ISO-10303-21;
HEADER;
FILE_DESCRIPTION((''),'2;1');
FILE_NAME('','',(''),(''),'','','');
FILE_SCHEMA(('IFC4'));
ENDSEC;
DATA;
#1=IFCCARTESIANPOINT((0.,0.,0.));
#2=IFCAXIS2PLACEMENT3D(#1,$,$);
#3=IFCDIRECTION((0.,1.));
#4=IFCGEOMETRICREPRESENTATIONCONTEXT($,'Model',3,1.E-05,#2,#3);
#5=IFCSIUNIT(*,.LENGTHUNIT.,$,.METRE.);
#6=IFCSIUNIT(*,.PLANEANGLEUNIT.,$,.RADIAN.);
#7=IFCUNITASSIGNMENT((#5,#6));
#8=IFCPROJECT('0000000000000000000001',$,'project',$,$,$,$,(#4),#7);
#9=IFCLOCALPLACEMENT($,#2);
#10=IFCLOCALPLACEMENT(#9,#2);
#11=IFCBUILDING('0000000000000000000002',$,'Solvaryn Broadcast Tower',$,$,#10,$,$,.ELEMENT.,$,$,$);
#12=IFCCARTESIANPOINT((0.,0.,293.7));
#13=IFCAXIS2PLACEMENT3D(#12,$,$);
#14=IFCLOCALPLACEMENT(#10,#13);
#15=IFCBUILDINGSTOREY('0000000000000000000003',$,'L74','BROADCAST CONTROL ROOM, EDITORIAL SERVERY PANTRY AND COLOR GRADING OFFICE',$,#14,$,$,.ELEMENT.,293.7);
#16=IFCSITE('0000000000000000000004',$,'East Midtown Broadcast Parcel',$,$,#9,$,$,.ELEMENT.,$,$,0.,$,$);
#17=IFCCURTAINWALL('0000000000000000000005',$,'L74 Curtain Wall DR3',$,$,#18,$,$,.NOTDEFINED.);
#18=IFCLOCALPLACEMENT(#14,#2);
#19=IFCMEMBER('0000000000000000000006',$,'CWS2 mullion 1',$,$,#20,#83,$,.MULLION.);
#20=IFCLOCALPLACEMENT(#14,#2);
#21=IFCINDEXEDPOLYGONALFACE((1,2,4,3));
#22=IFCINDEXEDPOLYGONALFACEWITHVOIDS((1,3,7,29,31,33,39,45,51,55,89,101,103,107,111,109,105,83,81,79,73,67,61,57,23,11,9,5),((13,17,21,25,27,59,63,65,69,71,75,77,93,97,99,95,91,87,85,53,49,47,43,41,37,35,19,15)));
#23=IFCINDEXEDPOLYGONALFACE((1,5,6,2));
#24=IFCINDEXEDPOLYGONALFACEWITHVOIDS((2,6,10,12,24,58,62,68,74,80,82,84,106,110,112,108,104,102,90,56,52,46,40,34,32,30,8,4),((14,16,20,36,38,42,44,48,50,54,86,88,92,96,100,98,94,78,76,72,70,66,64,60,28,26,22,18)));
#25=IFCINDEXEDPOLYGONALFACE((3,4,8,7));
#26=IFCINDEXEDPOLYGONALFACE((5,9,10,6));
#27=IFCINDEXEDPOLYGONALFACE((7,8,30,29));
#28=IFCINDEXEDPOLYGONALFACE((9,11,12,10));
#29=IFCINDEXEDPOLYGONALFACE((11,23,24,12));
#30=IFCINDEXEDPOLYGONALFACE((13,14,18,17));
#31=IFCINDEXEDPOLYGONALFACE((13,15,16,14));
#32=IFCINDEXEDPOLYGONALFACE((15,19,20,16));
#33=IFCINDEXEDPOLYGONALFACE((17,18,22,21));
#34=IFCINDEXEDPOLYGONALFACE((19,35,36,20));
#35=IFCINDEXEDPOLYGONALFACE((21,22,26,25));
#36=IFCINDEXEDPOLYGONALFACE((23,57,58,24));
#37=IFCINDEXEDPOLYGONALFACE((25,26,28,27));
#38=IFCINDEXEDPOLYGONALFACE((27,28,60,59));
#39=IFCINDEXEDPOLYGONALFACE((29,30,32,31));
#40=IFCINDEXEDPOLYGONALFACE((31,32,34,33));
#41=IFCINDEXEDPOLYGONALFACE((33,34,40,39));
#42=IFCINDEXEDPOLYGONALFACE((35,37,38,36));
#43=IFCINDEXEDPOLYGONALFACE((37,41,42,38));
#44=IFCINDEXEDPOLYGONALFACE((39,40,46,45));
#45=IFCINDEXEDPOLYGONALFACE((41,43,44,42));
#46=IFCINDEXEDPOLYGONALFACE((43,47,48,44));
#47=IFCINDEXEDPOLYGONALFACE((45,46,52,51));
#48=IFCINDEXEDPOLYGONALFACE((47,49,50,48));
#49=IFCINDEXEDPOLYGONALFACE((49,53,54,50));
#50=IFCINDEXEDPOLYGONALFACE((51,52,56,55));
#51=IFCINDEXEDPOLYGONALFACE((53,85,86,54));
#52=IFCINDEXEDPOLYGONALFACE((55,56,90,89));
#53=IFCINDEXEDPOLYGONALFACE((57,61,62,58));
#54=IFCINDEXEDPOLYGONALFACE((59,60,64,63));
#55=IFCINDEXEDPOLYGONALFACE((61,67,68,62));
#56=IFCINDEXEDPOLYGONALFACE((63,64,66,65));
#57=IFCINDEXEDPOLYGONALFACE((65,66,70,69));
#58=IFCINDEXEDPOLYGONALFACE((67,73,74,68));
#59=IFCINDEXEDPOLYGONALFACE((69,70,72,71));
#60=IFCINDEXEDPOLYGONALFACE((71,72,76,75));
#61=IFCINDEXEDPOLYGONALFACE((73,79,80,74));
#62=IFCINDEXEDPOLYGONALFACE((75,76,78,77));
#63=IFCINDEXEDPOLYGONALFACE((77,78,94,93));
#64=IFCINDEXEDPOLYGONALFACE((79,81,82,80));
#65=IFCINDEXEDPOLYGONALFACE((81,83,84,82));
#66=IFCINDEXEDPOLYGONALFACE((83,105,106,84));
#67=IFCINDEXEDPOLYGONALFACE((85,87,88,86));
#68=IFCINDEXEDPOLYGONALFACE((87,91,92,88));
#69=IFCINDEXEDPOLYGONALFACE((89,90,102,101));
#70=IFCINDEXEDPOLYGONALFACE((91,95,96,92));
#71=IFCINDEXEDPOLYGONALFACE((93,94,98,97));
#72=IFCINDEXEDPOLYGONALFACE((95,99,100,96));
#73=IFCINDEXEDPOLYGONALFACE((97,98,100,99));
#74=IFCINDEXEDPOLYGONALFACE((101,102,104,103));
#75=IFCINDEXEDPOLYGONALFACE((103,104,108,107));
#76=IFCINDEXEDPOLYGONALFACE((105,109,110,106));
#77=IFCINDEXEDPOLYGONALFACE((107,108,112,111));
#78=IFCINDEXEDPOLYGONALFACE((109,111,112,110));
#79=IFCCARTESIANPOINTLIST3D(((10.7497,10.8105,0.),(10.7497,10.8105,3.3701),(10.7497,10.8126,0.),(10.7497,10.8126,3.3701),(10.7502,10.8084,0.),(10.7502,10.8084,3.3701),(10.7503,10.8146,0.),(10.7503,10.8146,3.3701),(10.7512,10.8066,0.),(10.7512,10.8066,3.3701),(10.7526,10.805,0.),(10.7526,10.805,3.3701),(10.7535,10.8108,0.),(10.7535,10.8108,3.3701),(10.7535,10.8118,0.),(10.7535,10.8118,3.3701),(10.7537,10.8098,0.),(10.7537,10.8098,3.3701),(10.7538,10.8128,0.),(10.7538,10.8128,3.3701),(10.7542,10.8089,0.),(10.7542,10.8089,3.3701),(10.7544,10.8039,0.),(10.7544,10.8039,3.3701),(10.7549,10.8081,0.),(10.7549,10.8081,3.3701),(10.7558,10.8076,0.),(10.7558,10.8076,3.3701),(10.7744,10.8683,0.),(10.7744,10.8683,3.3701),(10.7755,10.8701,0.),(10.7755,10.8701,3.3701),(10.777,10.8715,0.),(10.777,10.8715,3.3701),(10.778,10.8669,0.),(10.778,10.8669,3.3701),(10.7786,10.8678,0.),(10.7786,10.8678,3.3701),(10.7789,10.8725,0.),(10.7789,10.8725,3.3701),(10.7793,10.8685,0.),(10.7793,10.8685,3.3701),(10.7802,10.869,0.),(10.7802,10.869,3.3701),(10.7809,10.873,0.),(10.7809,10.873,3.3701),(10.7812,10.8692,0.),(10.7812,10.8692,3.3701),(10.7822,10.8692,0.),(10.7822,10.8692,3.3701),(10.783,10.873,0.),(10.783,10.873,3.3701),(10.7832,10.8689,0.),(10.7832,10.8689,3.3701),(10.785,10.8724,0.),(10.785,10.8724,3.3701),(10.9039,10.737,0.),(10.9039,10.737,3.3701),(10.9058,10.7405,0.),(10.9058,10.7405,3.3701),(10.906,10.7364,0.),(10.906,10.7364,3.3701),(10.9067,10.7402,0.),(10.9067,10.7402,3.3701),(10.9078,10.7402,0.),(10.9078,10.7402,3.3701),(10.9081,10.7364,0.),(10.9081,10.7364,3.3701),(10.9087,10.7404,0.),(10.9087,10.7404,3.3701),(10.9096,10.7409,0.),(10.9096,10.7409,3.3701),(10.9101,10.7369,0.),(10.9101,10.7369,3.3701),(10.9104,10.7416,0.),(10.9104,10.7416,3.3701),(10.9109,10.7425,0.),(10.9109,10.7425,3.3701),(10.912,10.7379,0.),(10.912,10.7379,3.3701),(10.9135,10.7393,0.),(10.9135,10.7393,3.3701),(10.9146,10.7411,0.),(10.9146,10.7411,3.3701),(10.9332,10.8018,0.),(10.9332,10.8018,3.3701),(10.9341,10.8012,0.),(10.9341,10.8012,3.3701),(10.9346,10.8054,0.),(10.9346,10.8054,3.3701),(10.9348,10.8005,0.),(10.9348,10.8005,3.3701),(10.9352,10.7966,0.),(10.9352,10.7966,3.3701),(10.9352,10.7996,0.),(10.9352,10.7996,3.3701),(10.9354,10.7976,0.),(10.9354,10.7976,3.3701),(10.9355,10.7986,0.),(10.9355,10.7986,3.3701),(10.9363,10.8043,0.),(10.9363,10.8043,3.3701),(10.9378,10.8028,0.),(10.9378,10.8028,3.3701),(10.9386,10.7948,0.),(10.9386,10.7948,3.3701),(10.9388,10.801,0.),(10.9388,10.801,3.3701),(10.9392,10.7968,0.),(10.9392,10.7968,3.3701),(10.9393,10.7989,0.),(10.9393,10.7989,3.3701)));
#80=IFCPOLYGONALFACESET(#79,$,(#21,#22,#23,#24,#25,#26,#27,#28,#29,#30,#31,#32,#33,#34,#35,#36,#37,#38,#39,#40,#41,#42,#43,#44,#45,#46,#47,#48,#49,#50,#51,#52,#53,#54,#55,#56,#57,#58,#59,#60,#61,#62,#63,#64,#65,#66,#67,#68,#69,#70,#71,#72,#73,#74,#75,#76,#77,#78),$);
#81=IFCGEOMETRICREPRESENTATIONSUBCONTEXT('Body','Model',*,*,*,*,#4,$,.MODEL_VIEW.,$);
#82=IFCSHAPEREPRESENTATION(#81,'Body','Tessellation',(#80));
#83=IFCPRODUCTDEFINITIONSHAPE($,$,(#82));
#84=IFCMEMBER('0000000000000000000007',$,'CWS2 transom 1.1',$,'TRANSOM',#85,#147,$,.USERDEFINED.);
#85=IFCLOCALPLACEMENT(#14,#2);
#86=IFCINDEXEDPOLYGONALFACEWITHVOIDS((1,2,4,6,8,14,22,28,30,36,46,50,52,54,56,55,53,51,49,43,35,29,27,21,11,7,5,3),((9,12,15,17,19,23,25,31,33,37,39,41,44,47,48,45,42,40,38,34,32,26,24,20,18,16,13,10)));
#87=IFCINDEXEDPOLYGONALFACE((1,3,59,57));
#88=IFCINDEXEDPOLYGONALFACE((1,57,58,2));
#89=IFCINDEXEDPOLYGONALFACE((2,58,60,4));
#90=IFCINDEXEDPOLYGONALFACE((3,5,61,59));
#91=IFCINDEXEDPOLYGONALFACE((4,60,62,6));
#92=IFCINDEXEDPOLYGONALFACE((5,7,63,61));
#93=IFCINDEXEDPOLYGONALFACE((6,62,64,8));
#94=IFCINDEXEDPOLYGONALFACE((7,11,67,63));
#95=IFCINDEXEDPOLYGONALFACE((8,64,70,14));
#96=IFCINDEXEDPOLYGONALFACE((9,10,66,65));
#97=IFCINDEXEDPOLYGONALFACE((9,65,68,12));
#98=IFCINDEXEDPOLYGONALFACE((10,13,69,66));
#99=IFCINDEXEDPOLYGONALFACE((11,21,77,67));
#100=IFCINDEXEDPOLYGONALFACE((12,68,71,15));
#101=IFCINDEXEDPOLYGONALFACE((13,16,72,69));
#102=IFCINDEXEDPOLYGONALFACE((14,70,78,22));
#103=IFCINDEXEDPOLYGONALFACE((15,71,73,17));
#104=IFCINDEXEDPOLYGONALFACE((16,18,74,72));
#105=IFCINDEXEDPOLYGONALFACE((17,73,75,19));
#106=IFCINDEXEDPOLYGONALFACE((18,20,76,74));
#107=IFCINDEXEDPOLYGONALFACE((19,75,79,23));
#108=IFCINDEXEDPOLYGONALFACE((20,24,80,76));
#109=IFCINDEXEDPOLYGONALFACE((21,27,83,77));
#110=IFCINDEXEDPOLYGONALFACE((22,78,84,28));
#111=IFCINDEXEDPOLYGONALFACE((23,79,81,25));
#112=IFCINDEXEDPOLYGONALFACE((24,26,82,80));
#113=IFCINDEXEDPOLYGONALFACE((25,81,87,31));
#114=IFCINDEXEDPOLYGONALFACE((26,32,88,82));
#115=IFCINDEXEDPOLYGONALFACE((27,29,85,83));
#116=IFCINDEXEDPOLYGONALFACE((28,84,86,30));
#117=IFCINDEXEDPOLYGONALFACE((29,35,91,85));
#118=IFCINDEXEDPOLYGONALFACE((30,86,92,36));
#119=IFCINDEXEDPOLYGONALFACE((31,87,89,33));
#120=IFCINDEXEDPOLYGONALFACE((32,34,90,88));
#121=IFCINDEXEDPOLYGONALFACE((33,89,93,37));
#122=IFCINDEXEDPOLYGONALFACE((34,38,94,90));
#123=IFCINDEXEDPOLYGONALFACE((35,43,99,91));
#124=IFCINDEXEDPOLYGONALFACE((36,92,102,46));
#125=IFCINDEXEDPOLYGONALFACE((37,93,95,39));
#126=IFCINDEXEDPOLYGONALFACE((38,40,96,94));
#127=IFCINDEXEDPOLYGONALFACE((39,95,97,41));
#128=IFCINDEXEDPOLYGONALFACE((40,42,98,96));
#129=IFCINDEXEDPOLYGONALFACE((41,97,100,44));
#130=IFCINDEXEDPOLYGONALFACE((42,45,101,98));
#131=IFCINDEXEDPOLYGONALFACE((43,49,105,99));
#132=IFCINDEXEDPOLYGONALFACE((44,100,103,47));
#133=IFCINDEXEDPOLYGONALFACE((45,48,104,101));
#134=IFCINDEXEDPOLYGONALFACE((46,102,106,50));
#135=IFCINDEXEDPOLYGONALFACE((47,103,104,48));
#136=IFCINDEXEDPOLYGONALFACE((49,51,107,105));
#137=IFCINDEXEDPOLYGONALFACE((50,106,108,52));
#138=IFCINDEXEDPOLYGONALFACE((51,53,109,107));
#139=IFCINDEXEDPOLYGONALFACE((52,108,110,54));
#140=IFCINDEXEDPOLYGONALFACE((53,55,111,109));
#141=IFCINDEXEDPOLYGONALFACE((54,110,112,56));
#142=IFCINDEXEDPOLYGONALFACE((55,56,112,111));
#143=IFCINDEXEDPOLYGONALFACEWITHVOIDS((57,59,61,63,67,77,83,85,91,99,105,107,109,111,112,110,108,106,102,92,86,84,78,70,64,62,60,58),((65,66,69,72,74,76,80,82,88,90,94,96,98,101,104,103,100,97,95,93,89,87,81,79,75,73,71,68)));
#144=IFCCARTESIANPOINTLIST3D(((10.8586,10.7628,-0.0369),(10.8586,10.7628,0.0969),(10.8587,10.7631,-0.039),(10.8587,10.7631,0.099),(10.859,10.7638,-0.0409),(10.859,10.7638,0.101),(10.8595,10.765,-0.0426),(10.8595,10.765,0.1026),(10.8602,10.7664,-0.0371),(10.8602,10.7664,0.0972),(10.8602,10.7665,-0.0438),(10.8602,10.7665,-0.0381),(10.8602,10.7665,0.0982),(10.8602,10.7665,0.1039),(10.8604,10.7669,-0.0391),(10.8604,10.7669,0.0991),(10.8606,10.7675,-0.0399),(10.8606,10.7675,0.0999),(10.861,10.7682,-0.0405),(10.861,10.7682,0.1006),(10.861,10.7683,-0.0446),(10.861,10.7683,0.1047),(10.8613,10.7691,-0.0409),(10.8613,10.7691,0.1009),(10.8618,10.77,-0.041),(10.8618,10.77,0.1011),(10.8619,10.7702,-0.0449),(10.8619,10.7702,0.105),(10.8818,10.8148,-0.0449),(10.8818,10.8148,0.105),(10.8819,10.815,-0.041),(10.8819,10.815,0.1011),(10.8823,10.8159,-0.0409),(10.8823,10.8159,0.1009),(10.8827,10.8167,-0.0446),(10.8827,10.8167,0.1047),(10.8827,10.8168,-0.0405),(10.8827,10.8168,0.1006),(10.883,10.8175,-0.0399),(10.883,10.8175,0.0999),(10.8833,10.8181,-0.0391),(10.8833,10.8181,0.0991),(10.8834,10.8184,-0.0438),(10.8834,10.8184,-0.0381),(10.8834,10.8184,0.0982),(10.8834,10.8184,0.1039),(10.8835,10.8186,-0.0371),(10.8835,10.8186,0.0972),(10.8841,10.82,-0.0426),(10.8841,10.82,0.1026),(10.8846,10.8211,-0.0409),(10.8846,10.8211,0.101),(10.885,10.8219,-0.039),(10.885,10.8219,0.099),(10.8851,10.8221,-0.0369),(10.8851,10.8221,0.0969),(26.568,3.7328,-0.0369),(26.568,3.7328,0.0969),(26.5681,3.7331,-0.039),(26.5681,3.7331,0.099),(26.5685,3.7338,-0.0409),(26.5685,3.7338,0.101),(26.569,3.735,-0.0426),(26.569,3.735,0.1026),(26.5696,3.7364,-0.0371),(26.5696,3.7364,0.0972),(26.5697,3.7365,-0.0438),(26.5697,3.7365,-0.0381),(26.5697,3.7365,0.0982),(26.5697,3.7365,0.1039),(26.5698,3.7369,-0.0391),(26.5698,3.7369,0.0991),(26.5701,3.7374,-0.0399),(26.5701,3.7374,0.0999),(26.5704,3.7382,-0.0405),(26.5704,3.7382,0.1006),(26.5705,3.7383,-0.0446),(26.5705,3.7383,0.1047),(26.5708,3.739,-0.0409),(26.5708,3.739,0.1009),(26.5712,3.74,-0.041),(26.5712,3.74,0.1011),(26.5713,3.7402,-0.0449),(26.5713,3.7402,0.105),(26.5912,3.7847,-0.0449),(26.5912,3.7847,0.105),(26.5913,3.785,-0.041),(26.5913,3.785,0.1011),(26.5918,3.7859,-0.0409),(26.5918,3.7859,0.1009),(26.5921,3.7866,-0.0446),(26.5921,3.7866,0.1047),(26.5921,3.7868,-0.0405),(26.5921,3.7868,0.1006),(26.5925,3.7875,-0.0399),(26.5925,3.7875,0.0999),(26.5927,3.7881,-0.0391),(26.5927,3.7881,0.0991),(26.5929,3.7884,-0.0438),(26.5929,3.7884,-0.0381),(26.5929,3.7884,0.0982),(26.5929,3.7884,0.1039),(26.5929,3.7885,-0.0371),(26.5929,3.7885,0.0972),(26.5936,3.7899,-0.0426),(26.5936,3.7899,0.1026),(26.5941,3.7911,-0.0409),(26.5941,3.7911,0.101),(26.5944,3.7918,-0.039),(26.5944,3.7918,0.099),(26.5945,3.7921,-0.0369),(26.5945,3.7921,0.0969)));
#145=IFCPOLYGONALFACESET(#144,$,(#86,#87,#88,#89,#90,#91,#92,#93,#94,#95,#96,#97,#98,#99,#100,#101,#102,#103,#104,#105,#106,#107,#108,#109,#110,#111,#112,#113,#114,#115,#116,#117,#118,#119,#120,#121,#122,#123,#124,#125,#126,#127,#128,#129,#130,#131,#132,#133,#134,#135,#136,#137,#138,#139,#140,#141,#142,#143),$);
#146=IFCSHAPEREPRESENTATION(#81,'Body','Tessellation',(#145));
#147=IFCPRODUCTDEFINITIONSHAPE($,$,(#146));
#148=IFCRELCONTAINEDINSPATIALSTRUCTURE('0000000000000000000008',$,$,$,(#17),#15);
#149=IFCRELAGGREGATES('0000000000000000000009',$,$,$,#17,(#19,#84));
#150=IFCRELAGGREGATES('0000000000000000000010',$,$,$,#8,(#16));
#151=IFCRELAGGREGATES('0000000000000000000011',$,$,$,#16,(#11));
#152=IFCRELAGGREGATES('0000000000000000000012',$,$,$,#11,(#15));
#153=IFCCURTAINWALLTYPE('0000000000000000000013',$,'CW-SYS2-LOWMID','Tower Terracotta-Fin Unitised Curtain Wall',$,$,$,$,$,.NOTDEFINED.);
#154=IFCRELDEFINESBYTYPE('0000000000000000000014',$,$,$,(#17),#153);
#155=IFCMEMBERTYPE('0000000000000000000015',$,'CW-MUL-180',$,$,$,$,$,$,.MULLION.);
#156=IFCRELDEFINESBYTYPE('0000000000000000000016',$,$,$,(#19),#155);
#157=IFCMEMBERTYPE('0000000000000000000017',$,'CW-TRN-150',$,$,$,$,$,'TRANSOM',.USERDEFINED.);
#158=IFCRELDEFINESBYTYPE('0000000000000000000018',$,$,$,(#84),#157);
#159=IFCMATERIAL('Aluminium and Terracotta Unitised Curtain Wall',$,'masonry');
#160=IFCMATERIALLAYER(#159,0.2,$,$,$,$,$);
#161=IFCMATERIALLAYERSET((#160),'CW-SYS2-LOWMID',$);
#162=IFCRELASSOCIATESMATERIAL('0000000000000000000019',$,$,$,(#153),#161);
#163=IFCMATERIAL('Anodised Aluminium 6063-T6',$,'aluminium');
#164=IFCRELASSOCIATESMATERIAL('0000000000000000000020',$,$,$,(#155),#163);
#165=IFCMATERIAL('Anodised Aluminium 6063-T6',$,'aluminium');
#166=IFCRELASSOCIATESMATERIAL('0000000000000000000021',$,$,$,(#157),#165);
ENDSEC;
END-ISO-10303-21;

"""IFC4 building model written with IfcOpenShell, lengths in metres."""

from ifc_helpers import new_model, si_unit, direction, frame, origin, origin_2d, place, context, subcontext, project, spatial, hollow_rectangle, extrude, material, layer, layer_set, material_profile, profile_set, type_object, element, aggregate, save


model = new_model("IFC4")

# Units and contexts
model_context = context("Model", 3, precision=1e-05, world=origin(), true_north=direction((0.0, 1.0)))
body_context = subcontext(model_context, "Body", "Model", "MODEL_VIEW")
ifc_project = project(units=[si_unit("LENGTHUNIT", "METRE"), si_unit("PLANEANGLEUNIT", "RADIAN")], contexts=[model_context])

# Site, building, storey
site_placement = place(None, origin())
site = spatial("IfcSite", under=ifc_project, at=site_placement, Name="East Midtown Broadcast Parcel", CompositionType="ELEMENT", RefElevation=0.0)
building_placement = place(site_placement, origin())
building = spatial("IfcBuilding", under=site, at=building_placement, Name="Solvaryn Broadcast Tower", CompositionType="ELEMENT")
storey_placement = place(building_placement, frame((0.0, 0.0, 293.7)))
storey = spatial("IfcBuildingStorey", under=building, at=storey_placement, Name="L74", Description="BROADCAST CONTROL ROOM, EDITORIAL SERVERY PANTRY AND COLOR GRADING OFFICE", CompositionType="ELEMENT", Elevation=293.7)

# Curtain wall, members
ifc_material_1 = material(Name="Aluminium and Terracotta Unitised Curtain Wall", Category="masonry")
ifc_layer_1 = layer(ifc_material_1, 0.2)
ifc_layer_set_1 = layer_set([ifc_layer_1], Name="CW-SYS2-LOWMID")
curtain_wall_type = type_object("IfcCurtainWallType", Name="CW-SYS2-LOWMID", Description="Tower Terracotta-Fin Unitised Curtain Wall", PredefinedType="NOTDEFINED", material=ifc_layer_set_1)
curtain_wall_placement = place(storey_placement, origin())
curtain_wall = element("IfcCurtainWall", 1, at=curtain_wall_placement, inside=storey, type_object=curtain_wall_type, Name="L74 Curtain Wall DR3", PredefinedType="NOTDEFINED")
ifc_material_2 = material(Name="Anodised Aluminium 6063-T6", Category="aluminium")
ifc_material_profile_1 = material_profile(ifc_material_2, hollow_rectangle(XDim=0.075, YDim=0.1799, WallThickness=0.0039, InnerFilletRadius=0.0039, OuterFilletRadius=0.0081, at=origin_2d()))
ifc_profile_set_1 = profile_set([ifc_material_profile_1], Name="Anodised Aluminium 6063-T6")
member_type_1 = type_object("IfcMemberType", Name="CW-MUL-180", PredefinedType="MULLION", material=ifc_profile_set_1)
member_1_placement = place(storey_placement, frame((10.8445, 10.8047, 0.0), z_axis=(0.0, 0.0, 1.0), x_axis=(0.408466, 0.912774, 0.0)))
member_1 = element("IfcMember", 2, at=member_1_placement, type_object=member_type_1, Name="CWS2 mullion 1", PredefinedType="MULLION", context=body_context, shape_type="SweptSolid", body=[
    extrude(hollow_rectangle(XDim=0.075, YDim=0.1799, WallThickness=0.0039, InnerFilletRadius=0.0039, OuterFilletRadius=0.0081, at=origin_2d()), origin(), (0.0, 0.0, 1.0), 3.3701),
])
ifc_material_3 = material(Name="Anodised Aluminium 6063-T6", Category="aluminium")
ifc_material_profile_2 = material_profile(ifc_material_3, hollow_rectangle(XDim=0.0649, YDim=0.1499, WallThickness=0.0039, InnerFilletRadius=0.0039, OuterFilletRadius=0.0081, at=origin_2d()))
ifc_profile_set_2 = profile_set([ifc_material_profile_2], Name="Anodised Aluminium 6063-T6")
member_type_2 = type_object("IfcMemberType", Name="CW-TRN-150", ElementType="TRANSOM", PredefinedType="USERDEFINED", material=ifc_profile_set_2)
member_2_placement = place(storey_placement, frame((10.8718, 10.7925, 0.03), z_axis=(0.912773, -0.408468, 0.0), x_axis=(0.408468, 0.912773, 0.0)))
member_2 = element("IfcMember", 3, at=member_2_placement, type_object=member_type_2, Name="CWS2 transom 1.1", ObjectType="TRANSOM", PredefinedType="USERDEFINED", context=body_context, shape_type="SweptSolid", body=[
    extrude(hollow_rectangle(XDim=0.0649, YDim=0.1499, WallThickness=0.0039, InnerFilletRadius=0.0039, OuterFilletRadius=0.0081, at=origin_2d()), origin(), (0.0, 0.0, 1.0), 17.2107),
])
aggregate(curtain_wall, [member_1, member_2])

save(model, "model.ifc")
